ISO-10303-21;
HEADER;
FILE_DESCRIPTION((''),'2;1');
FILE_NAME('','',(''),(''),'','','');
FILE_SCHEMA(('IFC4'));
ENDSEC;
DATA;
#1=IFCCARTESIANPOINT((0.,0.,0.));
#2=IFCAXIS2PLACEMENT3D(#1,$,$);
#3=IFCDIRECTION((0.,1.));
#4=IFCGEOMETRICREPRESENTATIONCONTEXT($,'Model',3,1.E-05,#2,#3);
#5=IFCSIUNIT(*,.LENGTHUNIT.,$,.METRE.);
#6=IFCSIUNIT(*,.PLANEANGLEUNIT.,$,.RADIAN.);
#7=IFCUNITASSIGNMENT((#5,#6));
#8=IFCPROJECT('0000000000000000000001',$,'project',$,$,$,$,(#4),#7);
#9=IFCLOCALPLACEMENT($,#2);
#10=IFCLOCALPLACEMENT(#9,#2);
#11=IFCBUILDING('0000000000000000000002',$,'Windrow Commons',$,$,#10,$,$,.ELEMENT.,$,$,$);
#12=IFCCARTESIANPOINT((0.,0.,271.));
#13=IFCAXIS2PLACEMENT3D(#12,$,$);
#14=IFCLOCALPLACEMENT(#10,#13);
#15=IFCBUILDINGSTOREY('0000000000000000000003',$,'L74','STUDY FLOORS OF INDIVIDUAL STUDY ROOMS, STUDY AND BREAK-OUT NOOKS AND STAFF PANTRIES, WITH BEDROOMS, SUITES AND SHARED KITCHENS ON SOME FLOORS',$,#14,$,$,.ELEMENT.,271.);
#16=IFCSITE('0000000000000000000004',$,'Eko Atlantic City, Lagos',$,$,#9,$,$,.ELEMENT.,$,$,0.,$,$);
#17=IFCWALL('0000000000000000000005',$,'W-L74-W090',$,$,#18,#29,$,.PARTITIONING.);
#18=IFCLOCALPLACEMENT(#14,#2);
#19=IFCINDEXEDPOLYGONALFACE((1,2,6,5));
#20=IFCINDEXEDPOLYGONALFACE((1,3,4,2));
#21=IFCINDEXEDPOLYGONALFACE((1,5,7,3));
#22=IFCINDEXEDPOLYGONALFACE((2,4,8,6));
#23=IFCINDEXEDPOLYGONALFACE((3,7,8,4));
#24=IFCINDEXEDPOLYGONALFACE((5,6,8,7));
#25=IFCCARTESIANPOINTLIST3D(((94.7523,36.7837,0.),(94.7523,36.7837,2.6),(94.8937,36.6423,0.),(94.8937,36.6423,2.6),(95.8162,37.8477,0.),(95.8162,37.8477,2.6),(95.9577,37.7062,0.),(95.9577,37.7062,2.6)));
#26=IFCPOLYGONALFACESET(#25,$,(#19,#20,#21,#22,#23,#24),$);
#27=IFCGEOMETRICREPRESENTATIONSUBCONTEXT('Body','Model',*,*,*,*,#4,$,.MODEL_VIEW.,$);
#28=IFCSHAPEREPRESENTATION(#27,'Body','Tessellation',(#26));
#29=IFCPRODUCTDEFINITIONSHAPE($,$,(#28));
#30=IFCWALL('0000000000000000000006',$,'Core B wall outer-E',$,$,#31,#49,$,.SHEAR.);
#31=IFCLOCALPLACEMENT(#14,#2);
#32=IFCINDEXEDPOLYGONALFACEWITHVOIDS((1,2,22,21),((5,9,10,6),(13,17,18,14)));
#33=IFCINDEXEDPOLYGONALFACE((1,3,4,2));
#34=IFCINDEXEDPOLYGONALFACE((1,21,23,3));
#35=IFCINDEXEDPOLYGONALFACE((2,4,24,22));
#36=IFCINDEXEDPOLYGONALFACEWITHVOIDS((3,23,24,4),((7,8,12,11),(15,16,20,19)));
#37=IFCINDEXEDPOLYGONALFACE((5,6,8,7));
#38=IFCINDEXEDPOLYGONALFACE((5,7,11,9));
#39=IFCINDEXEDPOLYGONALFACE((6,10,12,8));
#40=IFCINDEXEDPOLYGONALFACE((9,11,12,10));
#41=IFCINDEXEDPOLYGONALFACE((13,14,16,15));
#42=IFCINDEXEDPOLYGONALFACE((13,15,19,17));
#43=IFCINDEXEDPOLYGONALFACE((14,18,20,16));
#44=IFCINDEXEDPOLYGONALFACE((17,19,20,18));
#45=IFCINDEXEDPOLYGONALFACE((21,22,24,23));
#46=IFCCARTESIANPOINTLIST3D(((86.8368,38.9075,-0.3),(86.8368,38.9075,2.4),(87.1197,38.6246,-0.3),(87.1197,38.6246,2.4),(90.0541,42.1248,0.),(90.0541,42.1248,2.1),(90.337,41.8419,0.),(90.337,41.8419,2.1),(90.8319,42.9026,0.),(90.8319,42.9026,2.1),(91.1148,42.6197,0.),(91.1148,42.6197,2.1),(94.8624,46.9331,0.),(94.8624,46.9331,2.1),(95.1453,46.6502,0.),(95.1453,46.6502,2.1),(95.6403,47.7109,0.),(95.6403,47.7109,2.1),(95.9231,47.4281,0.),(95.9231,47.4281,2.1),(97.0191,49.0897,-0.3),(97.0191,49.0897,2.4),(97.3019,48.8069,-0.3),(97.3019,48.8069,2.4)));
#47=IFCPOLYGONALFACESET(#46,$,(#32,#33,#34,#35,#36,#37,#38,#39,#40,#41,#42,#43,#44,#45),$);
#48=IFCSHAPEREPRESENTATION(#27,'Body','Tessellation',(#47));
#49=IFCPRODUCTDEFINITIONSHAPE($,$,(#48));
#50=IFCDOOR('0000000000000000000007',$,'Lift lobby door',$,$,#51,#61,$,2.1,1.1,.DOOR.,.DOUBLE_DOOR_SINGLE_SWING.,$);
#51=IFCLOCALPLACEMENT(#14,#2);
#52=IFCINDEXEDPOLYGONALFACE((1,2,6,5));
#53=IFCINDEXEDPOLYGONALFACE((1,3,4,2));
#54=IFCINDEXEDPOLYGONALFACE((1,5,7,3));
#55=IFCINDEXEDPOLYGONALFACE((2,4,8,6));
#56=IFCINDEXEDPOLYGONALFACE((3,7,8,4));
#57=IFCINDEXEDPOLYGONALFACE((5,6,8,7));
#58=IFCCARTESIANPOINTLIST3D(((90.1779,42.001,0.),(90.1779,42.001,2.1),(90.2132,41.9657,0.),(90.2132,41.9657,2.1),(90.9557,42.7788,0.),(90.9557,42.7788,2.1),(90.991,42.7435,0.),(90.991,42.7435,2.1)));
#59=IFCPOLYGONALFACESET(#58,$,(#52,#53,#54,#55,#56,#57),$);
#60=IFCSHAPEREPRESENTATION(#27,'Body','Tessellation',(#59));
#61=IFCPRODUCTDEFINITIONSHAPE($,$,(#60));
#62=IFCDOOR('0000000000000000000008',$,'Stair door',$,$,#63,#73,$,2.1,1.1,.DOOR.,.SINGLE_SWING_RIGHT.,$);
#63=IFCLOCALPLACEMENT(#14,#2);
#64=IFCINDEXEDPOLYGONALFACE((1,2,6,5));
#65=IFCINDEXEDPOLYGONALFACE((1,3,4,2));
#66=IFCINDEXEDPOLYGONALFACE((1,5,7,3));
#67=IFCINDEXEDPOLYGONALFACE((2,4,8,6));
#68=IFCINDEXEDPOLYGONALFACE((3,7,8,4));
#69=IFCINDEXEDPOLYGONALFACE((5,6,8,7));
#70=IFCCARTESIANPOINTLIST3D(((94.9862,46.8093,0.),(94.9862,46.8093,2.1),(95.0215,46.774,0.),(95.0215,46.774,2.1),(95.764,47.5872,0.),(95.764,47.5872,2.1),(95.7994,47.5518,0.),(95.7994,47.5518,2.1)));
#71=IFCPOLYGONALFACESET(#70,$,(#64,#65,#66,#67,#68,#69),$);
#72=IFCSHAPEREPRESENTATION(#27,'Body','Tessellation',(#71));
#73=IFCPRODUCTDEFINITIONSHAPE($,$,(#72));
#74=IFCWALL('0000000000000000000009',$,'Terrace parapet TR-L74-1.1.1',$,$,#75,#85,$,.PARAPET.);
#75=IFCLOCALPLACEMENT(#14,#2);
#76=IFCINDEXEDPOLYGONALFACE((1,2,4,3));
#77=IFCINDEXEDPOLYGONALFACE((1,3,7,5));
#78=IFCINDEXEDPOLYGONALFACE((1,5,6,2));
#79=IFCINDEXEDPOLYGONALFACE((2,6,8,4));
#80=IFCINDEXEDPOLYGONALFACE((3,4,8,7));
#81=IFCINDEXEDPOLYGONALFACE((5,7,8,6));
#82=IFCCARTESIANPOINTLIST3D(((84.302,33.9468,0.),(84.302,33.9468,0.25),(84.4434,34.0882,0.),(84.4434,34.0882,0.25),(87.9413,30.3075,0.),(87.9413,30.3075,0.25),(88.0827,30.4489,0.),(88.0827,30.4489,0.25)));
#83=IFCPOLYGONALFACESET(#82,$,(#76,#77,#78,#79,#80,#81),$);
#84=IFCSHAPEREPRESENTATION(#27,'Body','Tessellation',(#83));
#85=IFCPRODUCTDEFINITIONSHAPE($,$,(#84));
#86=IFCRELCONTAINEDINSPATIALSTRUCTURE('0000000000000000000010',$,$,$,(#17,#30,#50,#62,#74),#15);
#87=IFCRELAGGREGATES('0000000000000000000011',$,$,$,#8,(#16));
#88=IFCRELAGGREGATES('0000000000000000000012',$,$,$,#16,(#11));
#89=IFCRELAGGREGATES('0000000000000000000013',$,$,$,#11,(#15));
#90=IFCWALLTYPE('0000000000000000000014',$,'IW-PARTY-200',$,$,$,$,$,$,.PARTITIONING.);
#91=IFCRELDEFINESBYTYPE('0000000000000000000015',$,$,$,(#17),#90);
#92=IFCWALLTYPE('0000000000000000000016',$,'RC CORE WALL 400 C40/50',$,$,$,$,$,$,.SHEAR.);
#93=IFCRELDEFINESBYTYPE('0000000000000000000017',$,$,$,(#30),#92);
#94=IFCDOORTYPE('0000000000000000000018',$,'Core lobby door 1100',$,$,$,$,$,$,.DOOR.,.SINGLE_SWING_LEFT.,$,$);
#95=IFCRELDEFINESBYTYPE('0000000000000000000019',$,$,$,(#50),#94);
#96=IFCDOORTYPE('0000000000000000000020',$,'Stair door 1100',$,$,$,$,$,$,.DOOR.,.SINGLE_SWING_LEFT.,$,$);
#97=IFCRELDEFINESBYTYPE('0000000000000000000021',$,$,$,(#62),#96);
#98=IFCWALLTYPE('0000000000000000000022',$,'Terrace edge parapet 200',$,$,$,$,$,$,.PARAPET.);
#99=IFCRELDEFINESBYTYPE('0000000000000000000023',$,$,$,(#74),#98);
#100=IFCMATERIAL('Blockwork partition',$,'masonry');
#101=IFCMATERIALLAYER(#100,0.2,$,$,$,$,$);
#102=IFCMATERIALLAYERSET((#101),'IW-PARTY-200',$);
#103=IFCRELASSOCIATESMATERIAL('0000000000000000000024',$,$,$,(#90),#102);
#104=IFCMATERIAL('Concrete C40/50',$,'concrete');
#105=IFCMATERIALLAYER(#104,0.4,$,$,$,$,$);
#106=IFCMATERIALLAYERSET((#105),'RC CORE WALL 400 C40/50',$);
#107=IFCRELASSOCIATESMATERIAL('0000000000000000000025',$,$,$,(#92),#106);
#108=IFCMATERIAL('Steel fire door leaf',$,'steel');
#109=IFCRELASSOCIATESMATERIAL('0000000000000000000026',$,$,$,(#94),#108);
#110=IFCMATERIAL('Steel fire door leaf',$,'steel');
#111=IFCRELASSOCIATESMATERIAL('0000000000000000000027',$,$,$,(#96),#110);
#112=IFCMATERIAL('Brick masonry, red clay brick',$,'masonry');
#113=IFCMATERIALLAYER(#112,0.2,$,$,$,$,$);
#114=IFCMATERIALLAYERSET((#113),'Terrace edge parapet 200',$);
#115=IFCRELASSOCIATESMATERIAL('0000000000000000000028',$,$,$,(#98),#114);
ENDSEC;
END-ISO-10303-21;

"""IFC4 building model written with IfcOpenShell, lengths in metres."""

from ifc_helpers import new_model, si_unit, direction, frame, frame_2d, origin, place, context, subcontext, project, spatial, polyline, rectangle, outline, extrude, material, layer, layer_set, type_object, element, fill, save


model = new_model("IFC4")

# Units and contexts
model_context = context("Model", 3, precision=1e-05, world=origin(), true_north=direction((0.0, 1.0)))
body_context = subcontext(model_context, "Body", "Model", "MODEL_VIEW")
ifc_project = project(units=[si_unit("LENGTHUNIT", "METRE"), si_unit("PLANEANGLEUNIT", "RADIAN")], contexts=[model_context])

# Site, building, storey
site_placement = place(None, origin())
site = spatial("IfcSite", under=ifc_project, at=site_placement, Name="Eko Atlantic City, Lagos", CompositionType="ELEMENT", RefElevation=0.0)
building_placement = place(site_placement, origin())
building = spatial("IfcBuilding", under=site, at=building_placement, Name="Windrow Commons", CompositionType="ELEMENT")
storey_placement = place(building_placement, frame((0.0, 0.0, 271.0)))
storey = spatial("IfcBuildingStorey", under=building, at=storey_placement, Name="L74", Description="STUDY FLOORS OF INDIVIDUAL STUDY ROOMS, STUDY AND BREAK-OUT NOOKS AND STAFF PANTRIES, WITH BEDROOMS, SUITES AND SHARED KITCHENS ON SOME FLOORS", CompositionType="ELEMENT", Elevation=271.0)

# Wall
ifc_material_1 = material(Name="Blockwork partition", Category="masonry")
ifc_layer_1 = layer(ifc_material_1, 0.2)
ifc_layer_set_1 = layer_set([ifc_layer_1], Name="IW-PARTY-200")
wall_type_1 = type_object("IfcWallType", Name="IW-PARTY-200", PredefinedType="PARTITIONING", material=ifc_layer_set_1)
wall_1_placement = place(storey_placement, frame((94.823, 36.713, 0.0), z_axis=(0.0, 0.0, 1.0), x_axis=(0.707107, 0.707107, 0.0)))
element("IfcWall", 1, at=wall_1_placement, inside=storey, type_object=wall_type_1, Name="W-L74-W090", PredefinedType="PARTITIONING", context=body_context, shape_type="SweptSolid", body=[
    extrude(rectangle(XDim=1.5047, YDim=0.2, at=frame_2d((0.7523, 0.0))), origin(), (0.0, 0.0, 1.0), 2.6),
])

# Wall, openings, doors
ifc_material_2 = material(Name="Concrete C40/50", Category="concrete")
ifc_layer_2 = layer(ifc_material_2, 0.4)
ifc_layer_set_2 = layer_set([ifc_layer_2], Name="RC CORE WALL 400 C40/50")
wall_type_2 = type_object("IfcWallType", Name="RC CORE WALL 400 C40/50", PredefinedType="SHEAR", material=ifc_layer_set_2)
wall_2_placement = place(storey_placement, frame((86.9782, 38.766, -0.3), z_axis=(0.0, 0.0, 1.0), x_axis=(0.707107, 0.707107, 0.0)))
wall_2 = element("IfcWall", 2, at=wall_2_placement, inside=storey, type_object=wall_type_2, Name="Core B wall outer-E", PredefinedType="SHEAR", context=body_context, shape_type="SweptSolid", body=[
    extrude(rectangle(XDim=14.3999, YDim=0.4, at=frame_2d((7.2, 0.0))), origin(), (0.0, 0.0, 1.0), 2.7),
])
opening_1_placement = place(wall_2_placement, frame((4.55, 0.0, 0.3)))
opening_1 = element("IfcOpeningElement", 3, at=opening_1_placement, cuts=wall_2, PredefinedType="OPENING", context=body_context, shape_type="SweptSolid", body=[
    extrude(rectangle(XDim=1.1, YDim=2.1, at=frame_2d((0.55, 1.05))), frame((0.0, 0.21, 0.0), z_axis=(0.0, -1.0, 0.0), x_axis=(1.0, 0.0, 0.0)), (0.0, 0.0, 1.0), 0.42),
])
opening_2_placement = place(wall_2_placement, frame((11.35, 0.0, 0.3)))
opening_2 = element("IfcOpeningElement", 4, at=opening_2_placement, cuts=wall_2, PredefinedType="OPENING", context=body_context, shape_type="SweptSolid", body=[
    extrude(rectangle(XDim=1.1, YDim=2.1, at=frame_2d((0.55, 1.05))), frame((0.0, 0.21, 0.0), z_axis=(0.0, -1.0, 0.0), x_axis=(1.0, 0.0, 0.0)), (0.0, 0.0, 1.0), 0.42),
])
ifc_material_3 = material(Name="Steel fire door leaf", Category="steel")
door_type_1 = type_object("IfcDoorType", Name="Core lobby door 1100", OperationType="SINGLE_SWING_LEFT", PredefinedType="DOOR", material=ifc_material_3)
door_1_placement = place(opening_1_placement, origin())
door_1 = element("IfcDoor", 5, at=door_1_placement, inside=storey, type_object=door_type_1, Name="Lift lobby door", OperationType="DOUBLE_DOOR_SINGLE_SWING", OverallHeight=2.1, OverallWidth=1.1, PredefinedType="DOOR", context=body_context, shape_type="SweptSolid", body=[
    extrude(rectangle(XDim=1.1, YDim=2.1, at=frame_2d((0.55, 1.05))), frame((0.0, 0.025, 0.0), z_axis=(0.0, -1.0, 0.0), x_axis=(1.0, 0.0, 0.0)), (0.0, 0.0, 1.0), 0.05),
])
fill(opening_1, door_1)
ifc_material_4 = material(Name="Steel fire door leaf", Category="steel")
door_type_2 = type_object("IfcDoorType", Name="Stair door 1100", OperationType="SINGLE_SWING_LEFT", PredefinedType="DOOR", material=ifc_material_4)
door_2_placement = place(opening_2_placement, origin())
door_2 = element("IfcDoor", 6, at=door_2_placement, inside=storey, type_object=door_type_2, Name="Stair door", OperationType="SINGLE_SWING_RIGHT", OverallHeight=2.1, OverallWidth=1.1, PredefinedType="DOOR", context=body_context, shape_type="SweptSolid", body=[
    extrude(rectangle(XDim=1.1, YDim=2.1, at=frame_2d((0.55, 1.05))), frame((0.0, 0.025, 0.0), z_axis=(0.0, -1.0, 0.0), x_axis=(1.0, 0.0, 0.0)), (0.0, 0.0, 1.0), 0.05),
])
fill(opening_2, door_2)

# Wall
ifc_material_5 = material(Name="Brick masonry, red clay brick", Category="masonry")
ifc_layer_3 = layer(ifc_material_5, 0.2)
ifc_layer_set_3 = layer_set([ifc_layer_3], Name="Terrace edge parapet 200")
wall_type_3 = type_object("IfcWallType", Name="Terrace edge parapet 200", PredefinedType="PARAPET", material=ifc_layer_set_3)
wall_3_placement = place(storey_placement, frame((88.012, 30.3782, 0.0), z_axis=(0.0, 0.0, 1.0), x_axis=(-0.707107, 0.707107, 0.0)))
element("IfcWall", 7, at=wall_3_placement, inside=storey, type_object=wall_type_3, Name="Terrace parapet TR-L74-1.1.1", PredefinedType="PARAPET", context=body_context, shape_type="SweptSolid", body=[
    extrude(outline(polyline([(0.0, -0.1), (5.1467, -0.1), (5.1467, 0.1), (0.0, 0.1), (0.0, -0.1)])), origin(), (0.0, 0.0, 1.0), 0.25),
])

save(model, "model.ifc")
